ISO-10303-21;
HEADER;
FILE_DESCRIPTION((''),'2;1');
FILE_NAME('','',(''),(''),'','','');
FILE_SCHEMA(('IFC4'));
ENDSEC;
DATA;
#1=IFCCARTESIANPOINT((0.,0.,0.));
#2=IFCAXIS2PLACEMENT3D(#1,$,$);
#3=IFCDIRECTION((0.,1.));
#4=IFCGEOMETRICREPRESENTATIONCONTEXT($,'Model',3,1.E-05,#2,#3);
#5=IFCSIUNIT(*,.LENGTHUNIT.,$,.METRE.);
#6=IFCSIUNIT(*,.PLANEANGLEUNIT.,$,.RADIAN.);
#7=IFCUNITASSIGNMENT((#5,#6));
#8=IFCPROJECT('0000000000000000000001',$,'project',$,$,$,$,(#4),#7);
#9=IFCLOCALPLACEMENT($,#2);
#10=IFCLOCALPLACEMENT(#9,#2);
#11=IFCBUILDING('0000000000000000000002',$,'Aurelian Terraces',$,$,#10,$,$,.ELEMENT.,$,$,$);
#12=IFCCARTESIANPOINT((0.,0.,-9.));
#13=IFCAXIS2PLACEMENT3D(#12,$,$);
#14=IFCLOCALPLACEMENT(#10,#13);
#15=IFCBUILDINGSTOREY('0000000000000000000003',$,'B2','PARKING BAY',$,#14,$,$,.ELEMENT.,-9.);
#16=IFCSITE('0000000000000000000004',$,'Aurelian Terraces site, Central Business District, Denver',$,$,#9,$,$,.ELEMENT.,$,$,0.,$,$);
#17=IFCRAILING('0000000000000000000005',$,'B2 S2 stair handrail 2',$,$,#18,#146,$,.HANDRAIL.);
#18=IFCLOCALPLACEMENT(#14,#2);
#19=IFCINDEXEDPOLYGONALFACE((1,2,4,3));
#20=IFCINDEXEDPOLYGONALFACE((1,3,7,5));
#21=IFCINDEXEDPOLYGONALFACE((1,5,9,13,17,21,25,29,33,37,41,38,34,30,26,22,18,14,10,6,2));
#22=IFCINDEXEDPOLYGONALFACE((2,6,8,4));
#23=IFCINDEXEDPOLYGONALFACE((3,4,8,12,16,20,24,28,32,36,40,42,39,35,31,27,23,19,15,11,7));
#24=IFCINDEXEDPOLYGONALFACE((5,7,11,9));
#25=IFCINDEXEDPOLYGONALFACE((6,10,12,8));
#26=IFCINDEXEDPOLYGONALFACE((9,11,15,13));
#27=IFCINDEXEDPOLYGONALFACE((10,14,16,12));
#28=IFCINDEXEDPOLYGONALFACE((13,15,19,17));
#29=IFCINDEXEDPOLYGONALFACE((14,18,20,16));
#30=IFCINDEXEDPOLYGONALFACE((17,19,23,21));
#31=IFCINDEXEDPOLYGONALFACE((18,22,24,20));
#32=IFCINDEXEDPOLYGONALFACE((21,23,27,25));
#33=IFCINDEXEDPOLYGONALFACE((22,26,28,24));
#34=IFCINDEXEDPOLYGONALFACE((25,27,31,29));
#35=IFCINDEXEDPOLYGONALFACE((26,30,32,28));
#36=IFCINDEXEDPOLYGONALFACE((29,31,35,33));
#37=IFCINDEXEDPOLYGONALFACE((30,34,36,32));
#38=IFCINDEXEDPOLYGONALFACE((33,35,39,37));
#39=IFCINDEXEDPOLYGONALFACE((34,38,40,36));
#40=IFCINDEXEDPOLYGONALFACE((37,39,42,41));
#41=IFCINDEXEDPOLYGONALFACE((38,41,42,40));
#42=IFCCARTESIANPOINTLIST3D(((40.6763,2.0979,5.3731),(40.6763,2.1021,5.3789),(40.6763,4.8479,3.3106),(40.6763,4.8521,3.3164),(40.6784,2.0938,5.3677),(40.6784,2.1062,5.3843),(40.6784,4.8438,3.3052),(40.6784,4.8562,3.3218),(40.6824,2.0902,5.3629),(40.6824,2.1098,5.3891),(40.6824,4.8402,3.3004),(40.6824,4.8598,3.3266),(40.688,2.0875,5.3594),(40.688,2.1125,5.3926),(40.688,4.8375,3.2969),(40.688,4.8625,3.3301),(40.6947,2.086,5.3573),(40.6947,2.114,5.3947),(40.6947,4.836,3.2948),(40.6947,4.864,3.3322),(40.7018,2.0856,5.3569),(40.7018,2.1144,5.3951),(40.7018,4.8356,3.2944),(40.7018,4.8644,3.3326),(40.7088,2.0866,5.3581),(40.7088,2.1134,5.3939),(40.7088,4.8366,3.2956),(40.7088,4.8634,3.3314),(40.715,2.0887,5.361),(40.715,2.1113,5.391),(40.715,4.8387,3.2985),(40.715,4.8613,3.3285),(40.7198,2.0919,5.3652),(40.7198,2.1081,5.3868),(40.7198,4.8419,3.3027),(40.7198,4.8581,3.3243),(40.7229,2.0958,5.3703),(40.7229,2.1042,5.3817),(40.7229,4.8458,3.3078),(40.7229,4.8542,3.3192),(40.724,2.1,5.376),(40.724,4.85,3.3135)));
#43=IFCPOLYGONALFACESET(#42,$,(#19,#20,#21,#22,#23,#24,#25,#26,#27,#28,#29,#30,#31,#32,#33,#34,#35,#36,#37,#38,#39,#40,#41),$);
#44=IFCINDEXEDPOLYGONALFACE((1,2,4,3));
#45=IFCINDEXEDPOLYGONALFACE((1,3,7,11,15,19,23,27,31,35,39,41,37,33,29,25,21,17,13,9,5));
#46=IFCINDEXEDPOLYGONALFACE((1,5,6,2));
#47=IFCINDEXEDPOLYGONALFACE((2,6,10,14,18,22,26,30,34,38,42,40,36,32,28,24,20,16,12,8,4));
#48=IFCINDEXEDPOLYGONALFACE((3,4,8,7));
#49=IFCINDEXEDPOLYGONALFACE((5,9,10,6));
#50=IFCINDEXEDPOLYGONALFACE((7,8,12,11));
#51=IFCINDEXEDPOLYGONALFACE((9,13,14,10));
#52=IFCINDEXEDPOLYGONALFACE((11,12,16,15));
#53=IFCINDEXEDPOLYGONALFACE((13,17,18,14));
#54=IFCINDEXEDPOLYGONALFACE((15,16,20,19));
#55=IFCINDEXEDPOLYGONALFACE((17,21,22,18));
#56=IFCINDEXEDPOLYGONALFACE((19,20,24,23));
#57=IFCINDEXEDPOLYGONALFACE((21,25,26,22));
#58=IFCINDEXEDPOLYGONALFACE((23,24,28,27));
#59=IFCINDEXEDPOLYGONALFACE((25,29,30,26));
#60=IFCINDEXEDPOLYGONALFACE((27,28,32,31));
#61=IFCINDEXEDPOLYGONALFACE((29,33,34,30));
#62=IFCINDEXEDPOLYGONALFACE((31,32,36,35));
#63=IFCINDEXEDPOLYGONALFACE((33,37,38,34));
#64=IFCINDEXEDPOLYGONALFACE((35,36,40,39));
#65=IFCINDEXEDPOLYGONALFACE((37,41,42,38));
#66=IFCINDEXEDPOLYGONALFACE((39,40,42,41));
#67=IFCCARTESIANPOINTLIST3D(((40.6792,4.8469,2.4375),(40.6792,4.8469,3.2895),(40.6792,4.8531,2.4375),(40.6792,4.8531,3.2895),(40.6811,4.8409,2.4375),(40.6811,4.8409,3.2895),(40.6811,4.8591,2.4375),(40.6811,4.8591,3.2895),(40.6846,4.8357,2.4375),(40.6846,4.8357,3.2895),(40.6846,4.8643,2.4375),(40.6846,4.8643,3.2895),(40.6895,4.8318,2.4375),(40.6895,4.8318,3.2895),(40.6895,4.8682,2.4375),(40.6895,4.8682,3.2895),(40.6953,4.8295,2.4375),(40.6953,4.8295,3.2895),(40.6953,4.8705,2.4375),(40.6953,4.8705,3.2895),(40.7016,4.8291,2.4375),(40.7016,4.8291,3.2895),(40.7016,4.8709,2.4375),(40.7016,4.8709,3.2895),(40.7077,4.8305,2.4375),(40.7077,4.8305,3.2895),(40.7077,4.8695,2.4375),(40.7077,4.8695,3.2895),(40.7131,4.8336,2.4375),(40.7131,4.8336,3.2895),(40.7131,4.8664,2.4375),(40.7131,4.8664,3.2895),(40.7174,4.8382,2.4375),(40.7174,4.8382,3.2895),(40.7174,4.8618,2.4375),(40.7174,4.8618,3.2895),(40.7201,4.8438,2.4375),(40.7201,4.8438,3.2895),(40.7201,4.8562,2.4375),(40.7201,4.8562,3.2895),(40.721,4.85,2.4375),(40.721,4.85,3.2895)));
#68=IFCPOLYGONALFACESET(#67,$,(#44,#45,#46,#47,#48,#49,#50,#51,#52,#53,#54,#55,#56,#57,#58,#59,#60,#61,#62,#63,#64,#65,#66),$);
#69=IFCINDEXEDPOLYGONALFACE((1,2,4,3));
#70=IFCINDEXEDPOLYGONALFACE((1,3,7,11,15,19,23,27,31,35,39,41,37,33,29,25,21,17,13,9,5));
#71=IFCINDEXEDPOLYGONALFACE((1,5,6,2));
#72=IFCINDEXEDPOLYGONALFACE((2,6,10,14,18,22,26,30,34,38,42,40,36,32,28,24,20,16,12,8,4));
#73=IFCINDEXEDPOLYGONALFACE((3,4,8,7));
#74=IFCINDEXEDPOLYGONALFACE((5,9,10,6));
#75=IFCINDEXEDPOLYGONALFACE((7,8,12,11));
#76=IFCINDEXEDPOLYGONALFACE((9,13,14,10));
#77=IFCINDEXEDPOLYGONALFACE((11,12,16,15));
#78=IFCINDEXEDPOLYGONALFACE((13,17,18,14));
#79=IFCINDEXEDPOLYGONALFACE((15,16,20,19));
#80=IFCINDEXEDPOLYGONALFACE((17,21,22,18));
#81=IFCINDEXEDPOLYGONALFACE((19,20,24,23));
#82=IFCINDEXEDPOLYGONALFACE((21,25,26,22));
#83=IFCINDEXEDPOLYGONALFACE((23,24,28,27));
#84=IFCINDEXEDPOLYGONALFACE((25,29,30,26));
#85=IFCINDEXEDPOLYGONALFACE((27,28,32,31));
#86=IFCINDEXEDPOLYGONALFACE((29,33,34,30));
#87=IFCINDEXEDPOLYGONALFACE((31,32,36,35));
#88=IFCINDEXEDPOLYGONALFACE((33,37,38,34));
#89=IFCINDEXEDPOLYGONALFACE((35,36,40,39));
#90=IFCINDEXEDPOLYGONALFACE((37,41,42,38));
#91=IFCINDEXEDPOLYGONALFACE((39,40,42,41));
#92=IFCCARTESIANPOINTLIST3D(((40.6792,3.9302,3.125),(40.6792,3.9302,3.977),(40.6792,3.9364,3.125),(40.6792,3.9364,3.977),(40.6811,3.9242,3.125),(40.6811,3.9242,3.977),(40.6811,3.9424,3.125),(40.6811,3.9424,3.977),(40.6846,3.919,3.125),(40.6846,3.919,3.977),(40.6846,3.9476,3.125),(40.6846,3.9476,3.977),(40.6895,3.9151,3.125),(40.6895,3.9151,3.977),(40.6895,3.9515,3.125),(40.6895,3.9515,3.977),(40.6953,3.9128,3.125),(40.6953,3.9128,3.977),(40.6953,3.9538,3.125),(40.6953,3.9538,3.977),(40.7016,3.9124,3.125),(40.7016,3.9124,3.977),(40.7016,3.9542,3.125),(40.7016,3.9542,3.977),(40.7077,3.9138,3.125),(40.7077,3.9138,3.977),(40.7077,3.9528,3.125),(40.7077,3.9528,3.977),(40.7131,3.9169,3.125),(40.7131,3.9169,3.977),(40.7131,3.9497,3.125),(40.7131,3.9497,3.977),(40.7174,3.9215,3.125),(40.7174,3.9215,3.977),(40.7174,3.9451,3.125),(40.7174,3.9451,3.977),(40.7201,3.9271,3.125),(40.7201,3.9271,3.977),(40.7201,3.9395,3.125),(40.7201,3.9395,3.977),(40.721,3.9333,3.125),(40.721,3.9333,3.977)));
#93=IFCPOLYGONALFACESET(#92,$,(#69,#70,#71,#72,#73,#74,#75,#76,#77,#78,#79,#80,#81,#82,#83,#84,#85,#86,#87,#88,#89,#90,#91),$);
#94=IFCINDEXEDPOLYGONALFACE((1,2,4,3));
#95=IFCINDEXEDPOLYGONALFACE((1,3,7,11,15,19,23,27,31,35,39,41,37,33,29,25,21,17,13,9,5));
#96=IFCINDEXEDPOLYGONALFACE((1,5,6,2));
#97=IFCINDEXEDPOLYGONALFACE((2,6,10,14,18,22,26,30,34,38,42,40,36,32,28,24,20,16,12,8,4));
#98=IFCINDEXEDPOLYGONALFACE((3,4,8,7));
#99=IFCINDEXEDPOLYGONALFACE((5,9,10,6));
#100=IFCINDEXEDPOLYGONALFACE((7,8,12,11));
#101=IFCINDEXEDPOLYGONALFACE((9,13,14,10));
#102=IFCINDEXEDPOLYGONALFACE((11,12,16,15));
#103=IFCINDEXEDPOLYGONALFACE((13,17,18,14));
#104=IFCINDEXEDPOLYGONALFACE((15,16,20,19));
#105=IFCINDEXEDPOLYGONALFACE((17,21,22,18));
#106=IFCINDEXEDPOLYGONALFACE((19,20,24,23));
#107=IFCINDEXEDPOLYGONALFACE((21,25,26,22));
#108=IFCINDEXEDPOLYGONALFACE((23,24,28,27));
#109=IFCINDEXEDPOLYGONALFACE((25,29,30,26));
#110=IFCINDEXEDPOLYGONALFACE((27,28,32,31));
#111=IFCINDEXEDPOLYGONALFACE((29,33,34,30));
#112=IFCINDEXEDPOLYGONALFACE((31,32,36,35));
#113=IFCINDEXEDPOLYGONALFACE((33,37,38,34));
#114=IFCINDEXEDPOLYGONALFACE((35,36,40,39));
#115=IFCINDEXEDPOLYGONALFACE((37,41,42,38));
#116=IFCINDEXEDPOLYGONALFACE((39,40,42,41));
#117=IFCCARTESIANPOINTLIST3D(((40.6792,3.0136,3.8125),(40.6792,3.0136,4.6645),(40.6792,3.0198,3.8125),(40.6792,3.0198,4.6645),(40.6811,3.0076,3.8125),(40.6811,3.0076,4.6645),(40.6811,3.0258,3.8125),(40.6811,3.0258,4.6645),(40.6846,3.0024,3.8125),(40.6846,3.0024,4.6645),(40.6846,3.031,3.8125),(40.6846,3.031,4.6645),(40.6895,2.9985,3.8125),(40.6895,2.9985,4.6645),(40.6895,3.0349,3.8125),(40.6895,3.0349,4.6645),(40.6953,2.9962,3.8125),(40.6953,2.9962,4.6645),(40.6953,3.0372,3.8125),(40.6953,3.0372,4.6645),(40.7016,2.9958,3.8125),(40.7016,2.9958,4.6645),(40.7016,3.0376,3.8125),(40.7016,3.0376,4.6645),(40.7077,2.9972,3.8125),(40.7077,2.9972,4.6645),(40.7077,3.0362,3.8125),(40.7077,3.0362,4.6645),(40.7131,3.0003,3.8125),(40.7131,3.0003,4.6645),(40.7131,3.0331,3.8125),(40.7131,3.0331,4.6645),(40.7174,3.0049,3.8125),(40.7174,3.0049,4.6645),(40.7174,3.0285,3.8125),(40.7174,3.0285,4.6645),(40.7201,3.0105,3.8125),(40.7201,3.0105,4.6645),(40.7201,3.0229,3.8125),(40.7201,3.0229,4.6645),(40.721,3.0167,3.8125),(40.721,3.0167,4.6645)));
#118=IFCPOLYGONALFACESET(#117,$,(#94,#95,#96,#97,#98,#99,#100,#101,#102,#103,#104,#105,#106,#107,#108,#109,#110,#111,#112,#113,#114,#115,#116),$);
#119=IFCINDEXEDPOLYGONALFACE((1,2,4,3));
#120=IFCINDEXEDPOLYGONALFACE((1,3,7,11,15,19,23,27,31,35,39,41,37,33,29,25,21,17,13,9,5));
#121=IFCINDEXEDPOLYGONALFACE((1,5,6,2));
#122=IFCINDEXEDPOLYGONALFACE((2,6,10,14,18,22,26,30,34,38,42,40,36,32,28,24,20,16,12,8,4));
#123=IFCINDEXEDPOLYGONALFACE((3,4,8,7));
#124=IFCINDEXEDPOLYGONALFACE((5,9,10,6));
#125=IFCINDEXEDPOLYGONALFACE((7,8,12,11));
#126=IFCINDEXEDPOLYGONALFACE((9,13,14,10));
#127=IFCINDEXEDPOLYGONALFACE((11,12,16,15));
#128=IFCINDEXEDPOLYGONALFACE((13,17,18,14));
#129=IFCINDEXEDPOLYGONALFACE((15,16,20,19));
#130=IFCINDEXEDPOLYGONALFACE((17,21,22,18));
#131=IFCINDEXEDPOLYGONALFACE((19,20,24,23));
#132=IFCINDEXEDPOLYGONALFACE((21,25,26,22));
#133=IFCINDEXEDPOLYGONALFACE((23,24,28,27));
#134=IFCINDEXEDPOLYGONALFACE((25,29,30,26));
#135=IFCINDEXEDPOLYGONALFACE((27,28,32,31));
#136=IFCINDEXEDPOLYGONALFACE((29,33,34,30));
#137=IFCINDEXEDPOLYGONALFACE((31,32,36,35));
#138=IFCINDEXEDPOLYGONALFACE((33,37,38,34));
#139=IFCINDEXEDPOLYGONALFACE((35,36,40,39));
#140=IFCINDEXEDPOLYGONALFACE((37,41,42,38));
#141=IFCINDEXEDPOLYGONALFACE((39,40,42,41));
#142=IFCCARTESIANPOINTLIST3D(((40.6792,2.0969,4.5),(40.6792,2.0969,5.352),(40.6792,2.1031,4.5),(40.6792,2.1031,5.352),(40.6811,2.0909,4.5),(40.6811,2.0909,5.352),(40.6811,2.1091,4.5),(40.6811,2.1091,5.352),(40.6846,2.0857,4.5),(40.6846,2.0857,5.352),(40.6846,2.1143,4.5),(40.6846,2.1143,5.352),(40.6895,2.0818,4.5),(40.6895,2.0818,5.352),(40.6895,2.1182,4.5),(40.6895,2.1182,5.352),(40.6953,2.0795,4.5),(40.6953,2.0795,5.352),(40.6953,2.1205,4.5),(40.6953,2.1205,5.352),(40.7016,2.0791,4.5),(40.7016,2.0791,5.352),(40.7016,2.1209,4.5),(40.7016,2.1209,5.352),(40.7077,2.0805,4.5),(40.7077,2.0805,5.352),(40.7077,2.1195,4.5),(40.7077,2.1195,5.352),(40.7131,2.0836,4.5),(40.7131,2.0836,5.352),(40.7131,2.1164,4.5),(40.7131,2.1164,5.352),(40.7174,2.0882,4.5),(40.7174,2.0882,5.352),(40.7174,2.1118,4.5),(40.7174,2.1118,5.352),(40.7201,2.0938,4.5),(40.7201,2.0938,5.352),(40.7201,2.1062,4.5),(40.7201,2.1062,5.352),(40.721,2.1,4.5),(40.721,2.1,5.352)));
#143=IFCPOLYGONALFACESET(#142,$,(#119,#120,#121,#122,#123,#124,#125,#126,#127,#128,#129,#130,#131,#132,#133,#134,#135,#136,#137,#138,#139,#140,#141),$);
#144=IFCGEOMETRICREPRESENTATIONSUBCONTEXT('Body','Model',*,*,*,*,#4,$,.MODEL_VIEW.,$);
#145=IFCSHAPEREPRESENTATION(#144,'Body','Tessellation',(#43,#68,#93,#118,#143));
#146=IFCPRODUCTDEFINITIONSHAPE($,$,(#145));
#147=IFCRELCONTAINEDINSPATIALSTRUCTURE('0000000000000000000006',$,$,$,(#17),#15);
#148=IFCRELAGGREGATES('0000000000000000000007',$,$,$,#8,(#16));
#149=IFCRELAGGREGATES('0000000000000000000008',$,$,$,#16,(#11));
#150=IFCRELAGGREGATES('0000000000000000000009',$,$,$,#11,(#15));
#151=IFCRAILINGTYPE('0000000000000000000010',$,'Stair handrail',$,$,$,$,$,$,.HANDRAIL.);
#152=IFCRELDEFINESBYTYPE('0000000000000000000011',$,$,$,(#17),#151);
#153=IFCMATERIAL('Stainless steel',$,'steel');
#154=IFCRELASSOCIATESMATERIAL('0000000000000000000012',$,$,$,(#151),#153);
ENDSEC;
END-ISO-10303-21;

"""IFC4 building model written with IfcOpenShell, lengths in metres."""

from ifc_helpers import new_model, si_unit, direction, frame, origin, origin_2d, place, context, subcontext, project, spatial, circle, extrude, source, transform, mapped, material, type_object, element, save


model = new_model("IFC4")

# Units and contexts
model_context = context("Model", 3, precision=1e-05, world=origin(), true_north=direction((0.0, 1.0)))
body_context = subcontext(model_context, "Body", "Model", "MODEL_VIEW")
ifc_project = project(units=[si_unit("LENGTHUNIT", "METRE"), si_unit("PLANEANGLEUNIT", "RADIAN")], contexts=[model_context])

# Site, building, storey
site_placement = place(None, origin())
site = spatial("IfcSite", under=ifc_project, at=site_placement, Name="Aurelian Terraces site, Central Business District, Denver", CompositionType="ELEMENT", RefElevation=0.0)
building_placement = place(site_placement, origin())
building = spatial("IfcBuilding", under=site, at=building_placement, Name="Aurelian Terraces", CompositionType="ELEMENT")
storey_placement = place(building_placement, frame((0.0, 0.0, -9.0)))
storey = spatial("IfcBuildingStorey", under=building, at=storey_placement, Name="B2", Description="PARKING BAY", CompositionType="ELEMENT", Elevation=-9.0)

# Railing
ifc_material_1 = material(Name="Stainless steel", Category="steel")
railing_type_1 = type_object("IfcRailingType", Name="Stair handrail", PredefinedType="HANDRAIL", material=ifc_material_1)
shared_shape_1 = source(origin(), body_context, "Body", "SweptSolid", [
    extrude(circle(Radius=0.024, at=origin_2d()), frame((0.0, 0.0, 0.876), z_axis=(0.0, -0.8, 0.6), x_axis=(1.0, 0.0, 0.0)), (0.0, 0.0, 1.0), 3.4375),
    extrude(circle(Radius=0.021, at=origin_2d()), origin(), (0.0, 0.0, 1.0), 0.852),
    extrude(circle(Radius=0.021, at=origin_2d()), frame((0.0, -0.9167, 0.6875)), (0.0, 0.0, 1.0), 0.852),
    extrude(circle(Radius=0.021, at=origin_2d()), frame((0.0, -1.8333, 1.375)), (0.0, 0.0, 1.0), 0.852),
    extrude(circle(Radius=0.021, at=origin_2d()), frame((0.0, -2.75, 2.0625)), (0.0, 0.0, 1.0), 0.852),
])
railing_1_placement = place(storey_placement, frame((40.7, 4.85, 2.4375)))
element("IfcRailing", 1, at=railing_1_placement, inside=storey, type_object=railing_type_1, Name="B2 S2 stair handrail 2", PredefinedType="HANDRAIL", context=body_context, shape_type="MappedRepresentation", body=[
    mapped(shared_shape_1, transform((0.0, 0.0, 0.0), scale=1.0)),
])

save(model, "model.ifc")
